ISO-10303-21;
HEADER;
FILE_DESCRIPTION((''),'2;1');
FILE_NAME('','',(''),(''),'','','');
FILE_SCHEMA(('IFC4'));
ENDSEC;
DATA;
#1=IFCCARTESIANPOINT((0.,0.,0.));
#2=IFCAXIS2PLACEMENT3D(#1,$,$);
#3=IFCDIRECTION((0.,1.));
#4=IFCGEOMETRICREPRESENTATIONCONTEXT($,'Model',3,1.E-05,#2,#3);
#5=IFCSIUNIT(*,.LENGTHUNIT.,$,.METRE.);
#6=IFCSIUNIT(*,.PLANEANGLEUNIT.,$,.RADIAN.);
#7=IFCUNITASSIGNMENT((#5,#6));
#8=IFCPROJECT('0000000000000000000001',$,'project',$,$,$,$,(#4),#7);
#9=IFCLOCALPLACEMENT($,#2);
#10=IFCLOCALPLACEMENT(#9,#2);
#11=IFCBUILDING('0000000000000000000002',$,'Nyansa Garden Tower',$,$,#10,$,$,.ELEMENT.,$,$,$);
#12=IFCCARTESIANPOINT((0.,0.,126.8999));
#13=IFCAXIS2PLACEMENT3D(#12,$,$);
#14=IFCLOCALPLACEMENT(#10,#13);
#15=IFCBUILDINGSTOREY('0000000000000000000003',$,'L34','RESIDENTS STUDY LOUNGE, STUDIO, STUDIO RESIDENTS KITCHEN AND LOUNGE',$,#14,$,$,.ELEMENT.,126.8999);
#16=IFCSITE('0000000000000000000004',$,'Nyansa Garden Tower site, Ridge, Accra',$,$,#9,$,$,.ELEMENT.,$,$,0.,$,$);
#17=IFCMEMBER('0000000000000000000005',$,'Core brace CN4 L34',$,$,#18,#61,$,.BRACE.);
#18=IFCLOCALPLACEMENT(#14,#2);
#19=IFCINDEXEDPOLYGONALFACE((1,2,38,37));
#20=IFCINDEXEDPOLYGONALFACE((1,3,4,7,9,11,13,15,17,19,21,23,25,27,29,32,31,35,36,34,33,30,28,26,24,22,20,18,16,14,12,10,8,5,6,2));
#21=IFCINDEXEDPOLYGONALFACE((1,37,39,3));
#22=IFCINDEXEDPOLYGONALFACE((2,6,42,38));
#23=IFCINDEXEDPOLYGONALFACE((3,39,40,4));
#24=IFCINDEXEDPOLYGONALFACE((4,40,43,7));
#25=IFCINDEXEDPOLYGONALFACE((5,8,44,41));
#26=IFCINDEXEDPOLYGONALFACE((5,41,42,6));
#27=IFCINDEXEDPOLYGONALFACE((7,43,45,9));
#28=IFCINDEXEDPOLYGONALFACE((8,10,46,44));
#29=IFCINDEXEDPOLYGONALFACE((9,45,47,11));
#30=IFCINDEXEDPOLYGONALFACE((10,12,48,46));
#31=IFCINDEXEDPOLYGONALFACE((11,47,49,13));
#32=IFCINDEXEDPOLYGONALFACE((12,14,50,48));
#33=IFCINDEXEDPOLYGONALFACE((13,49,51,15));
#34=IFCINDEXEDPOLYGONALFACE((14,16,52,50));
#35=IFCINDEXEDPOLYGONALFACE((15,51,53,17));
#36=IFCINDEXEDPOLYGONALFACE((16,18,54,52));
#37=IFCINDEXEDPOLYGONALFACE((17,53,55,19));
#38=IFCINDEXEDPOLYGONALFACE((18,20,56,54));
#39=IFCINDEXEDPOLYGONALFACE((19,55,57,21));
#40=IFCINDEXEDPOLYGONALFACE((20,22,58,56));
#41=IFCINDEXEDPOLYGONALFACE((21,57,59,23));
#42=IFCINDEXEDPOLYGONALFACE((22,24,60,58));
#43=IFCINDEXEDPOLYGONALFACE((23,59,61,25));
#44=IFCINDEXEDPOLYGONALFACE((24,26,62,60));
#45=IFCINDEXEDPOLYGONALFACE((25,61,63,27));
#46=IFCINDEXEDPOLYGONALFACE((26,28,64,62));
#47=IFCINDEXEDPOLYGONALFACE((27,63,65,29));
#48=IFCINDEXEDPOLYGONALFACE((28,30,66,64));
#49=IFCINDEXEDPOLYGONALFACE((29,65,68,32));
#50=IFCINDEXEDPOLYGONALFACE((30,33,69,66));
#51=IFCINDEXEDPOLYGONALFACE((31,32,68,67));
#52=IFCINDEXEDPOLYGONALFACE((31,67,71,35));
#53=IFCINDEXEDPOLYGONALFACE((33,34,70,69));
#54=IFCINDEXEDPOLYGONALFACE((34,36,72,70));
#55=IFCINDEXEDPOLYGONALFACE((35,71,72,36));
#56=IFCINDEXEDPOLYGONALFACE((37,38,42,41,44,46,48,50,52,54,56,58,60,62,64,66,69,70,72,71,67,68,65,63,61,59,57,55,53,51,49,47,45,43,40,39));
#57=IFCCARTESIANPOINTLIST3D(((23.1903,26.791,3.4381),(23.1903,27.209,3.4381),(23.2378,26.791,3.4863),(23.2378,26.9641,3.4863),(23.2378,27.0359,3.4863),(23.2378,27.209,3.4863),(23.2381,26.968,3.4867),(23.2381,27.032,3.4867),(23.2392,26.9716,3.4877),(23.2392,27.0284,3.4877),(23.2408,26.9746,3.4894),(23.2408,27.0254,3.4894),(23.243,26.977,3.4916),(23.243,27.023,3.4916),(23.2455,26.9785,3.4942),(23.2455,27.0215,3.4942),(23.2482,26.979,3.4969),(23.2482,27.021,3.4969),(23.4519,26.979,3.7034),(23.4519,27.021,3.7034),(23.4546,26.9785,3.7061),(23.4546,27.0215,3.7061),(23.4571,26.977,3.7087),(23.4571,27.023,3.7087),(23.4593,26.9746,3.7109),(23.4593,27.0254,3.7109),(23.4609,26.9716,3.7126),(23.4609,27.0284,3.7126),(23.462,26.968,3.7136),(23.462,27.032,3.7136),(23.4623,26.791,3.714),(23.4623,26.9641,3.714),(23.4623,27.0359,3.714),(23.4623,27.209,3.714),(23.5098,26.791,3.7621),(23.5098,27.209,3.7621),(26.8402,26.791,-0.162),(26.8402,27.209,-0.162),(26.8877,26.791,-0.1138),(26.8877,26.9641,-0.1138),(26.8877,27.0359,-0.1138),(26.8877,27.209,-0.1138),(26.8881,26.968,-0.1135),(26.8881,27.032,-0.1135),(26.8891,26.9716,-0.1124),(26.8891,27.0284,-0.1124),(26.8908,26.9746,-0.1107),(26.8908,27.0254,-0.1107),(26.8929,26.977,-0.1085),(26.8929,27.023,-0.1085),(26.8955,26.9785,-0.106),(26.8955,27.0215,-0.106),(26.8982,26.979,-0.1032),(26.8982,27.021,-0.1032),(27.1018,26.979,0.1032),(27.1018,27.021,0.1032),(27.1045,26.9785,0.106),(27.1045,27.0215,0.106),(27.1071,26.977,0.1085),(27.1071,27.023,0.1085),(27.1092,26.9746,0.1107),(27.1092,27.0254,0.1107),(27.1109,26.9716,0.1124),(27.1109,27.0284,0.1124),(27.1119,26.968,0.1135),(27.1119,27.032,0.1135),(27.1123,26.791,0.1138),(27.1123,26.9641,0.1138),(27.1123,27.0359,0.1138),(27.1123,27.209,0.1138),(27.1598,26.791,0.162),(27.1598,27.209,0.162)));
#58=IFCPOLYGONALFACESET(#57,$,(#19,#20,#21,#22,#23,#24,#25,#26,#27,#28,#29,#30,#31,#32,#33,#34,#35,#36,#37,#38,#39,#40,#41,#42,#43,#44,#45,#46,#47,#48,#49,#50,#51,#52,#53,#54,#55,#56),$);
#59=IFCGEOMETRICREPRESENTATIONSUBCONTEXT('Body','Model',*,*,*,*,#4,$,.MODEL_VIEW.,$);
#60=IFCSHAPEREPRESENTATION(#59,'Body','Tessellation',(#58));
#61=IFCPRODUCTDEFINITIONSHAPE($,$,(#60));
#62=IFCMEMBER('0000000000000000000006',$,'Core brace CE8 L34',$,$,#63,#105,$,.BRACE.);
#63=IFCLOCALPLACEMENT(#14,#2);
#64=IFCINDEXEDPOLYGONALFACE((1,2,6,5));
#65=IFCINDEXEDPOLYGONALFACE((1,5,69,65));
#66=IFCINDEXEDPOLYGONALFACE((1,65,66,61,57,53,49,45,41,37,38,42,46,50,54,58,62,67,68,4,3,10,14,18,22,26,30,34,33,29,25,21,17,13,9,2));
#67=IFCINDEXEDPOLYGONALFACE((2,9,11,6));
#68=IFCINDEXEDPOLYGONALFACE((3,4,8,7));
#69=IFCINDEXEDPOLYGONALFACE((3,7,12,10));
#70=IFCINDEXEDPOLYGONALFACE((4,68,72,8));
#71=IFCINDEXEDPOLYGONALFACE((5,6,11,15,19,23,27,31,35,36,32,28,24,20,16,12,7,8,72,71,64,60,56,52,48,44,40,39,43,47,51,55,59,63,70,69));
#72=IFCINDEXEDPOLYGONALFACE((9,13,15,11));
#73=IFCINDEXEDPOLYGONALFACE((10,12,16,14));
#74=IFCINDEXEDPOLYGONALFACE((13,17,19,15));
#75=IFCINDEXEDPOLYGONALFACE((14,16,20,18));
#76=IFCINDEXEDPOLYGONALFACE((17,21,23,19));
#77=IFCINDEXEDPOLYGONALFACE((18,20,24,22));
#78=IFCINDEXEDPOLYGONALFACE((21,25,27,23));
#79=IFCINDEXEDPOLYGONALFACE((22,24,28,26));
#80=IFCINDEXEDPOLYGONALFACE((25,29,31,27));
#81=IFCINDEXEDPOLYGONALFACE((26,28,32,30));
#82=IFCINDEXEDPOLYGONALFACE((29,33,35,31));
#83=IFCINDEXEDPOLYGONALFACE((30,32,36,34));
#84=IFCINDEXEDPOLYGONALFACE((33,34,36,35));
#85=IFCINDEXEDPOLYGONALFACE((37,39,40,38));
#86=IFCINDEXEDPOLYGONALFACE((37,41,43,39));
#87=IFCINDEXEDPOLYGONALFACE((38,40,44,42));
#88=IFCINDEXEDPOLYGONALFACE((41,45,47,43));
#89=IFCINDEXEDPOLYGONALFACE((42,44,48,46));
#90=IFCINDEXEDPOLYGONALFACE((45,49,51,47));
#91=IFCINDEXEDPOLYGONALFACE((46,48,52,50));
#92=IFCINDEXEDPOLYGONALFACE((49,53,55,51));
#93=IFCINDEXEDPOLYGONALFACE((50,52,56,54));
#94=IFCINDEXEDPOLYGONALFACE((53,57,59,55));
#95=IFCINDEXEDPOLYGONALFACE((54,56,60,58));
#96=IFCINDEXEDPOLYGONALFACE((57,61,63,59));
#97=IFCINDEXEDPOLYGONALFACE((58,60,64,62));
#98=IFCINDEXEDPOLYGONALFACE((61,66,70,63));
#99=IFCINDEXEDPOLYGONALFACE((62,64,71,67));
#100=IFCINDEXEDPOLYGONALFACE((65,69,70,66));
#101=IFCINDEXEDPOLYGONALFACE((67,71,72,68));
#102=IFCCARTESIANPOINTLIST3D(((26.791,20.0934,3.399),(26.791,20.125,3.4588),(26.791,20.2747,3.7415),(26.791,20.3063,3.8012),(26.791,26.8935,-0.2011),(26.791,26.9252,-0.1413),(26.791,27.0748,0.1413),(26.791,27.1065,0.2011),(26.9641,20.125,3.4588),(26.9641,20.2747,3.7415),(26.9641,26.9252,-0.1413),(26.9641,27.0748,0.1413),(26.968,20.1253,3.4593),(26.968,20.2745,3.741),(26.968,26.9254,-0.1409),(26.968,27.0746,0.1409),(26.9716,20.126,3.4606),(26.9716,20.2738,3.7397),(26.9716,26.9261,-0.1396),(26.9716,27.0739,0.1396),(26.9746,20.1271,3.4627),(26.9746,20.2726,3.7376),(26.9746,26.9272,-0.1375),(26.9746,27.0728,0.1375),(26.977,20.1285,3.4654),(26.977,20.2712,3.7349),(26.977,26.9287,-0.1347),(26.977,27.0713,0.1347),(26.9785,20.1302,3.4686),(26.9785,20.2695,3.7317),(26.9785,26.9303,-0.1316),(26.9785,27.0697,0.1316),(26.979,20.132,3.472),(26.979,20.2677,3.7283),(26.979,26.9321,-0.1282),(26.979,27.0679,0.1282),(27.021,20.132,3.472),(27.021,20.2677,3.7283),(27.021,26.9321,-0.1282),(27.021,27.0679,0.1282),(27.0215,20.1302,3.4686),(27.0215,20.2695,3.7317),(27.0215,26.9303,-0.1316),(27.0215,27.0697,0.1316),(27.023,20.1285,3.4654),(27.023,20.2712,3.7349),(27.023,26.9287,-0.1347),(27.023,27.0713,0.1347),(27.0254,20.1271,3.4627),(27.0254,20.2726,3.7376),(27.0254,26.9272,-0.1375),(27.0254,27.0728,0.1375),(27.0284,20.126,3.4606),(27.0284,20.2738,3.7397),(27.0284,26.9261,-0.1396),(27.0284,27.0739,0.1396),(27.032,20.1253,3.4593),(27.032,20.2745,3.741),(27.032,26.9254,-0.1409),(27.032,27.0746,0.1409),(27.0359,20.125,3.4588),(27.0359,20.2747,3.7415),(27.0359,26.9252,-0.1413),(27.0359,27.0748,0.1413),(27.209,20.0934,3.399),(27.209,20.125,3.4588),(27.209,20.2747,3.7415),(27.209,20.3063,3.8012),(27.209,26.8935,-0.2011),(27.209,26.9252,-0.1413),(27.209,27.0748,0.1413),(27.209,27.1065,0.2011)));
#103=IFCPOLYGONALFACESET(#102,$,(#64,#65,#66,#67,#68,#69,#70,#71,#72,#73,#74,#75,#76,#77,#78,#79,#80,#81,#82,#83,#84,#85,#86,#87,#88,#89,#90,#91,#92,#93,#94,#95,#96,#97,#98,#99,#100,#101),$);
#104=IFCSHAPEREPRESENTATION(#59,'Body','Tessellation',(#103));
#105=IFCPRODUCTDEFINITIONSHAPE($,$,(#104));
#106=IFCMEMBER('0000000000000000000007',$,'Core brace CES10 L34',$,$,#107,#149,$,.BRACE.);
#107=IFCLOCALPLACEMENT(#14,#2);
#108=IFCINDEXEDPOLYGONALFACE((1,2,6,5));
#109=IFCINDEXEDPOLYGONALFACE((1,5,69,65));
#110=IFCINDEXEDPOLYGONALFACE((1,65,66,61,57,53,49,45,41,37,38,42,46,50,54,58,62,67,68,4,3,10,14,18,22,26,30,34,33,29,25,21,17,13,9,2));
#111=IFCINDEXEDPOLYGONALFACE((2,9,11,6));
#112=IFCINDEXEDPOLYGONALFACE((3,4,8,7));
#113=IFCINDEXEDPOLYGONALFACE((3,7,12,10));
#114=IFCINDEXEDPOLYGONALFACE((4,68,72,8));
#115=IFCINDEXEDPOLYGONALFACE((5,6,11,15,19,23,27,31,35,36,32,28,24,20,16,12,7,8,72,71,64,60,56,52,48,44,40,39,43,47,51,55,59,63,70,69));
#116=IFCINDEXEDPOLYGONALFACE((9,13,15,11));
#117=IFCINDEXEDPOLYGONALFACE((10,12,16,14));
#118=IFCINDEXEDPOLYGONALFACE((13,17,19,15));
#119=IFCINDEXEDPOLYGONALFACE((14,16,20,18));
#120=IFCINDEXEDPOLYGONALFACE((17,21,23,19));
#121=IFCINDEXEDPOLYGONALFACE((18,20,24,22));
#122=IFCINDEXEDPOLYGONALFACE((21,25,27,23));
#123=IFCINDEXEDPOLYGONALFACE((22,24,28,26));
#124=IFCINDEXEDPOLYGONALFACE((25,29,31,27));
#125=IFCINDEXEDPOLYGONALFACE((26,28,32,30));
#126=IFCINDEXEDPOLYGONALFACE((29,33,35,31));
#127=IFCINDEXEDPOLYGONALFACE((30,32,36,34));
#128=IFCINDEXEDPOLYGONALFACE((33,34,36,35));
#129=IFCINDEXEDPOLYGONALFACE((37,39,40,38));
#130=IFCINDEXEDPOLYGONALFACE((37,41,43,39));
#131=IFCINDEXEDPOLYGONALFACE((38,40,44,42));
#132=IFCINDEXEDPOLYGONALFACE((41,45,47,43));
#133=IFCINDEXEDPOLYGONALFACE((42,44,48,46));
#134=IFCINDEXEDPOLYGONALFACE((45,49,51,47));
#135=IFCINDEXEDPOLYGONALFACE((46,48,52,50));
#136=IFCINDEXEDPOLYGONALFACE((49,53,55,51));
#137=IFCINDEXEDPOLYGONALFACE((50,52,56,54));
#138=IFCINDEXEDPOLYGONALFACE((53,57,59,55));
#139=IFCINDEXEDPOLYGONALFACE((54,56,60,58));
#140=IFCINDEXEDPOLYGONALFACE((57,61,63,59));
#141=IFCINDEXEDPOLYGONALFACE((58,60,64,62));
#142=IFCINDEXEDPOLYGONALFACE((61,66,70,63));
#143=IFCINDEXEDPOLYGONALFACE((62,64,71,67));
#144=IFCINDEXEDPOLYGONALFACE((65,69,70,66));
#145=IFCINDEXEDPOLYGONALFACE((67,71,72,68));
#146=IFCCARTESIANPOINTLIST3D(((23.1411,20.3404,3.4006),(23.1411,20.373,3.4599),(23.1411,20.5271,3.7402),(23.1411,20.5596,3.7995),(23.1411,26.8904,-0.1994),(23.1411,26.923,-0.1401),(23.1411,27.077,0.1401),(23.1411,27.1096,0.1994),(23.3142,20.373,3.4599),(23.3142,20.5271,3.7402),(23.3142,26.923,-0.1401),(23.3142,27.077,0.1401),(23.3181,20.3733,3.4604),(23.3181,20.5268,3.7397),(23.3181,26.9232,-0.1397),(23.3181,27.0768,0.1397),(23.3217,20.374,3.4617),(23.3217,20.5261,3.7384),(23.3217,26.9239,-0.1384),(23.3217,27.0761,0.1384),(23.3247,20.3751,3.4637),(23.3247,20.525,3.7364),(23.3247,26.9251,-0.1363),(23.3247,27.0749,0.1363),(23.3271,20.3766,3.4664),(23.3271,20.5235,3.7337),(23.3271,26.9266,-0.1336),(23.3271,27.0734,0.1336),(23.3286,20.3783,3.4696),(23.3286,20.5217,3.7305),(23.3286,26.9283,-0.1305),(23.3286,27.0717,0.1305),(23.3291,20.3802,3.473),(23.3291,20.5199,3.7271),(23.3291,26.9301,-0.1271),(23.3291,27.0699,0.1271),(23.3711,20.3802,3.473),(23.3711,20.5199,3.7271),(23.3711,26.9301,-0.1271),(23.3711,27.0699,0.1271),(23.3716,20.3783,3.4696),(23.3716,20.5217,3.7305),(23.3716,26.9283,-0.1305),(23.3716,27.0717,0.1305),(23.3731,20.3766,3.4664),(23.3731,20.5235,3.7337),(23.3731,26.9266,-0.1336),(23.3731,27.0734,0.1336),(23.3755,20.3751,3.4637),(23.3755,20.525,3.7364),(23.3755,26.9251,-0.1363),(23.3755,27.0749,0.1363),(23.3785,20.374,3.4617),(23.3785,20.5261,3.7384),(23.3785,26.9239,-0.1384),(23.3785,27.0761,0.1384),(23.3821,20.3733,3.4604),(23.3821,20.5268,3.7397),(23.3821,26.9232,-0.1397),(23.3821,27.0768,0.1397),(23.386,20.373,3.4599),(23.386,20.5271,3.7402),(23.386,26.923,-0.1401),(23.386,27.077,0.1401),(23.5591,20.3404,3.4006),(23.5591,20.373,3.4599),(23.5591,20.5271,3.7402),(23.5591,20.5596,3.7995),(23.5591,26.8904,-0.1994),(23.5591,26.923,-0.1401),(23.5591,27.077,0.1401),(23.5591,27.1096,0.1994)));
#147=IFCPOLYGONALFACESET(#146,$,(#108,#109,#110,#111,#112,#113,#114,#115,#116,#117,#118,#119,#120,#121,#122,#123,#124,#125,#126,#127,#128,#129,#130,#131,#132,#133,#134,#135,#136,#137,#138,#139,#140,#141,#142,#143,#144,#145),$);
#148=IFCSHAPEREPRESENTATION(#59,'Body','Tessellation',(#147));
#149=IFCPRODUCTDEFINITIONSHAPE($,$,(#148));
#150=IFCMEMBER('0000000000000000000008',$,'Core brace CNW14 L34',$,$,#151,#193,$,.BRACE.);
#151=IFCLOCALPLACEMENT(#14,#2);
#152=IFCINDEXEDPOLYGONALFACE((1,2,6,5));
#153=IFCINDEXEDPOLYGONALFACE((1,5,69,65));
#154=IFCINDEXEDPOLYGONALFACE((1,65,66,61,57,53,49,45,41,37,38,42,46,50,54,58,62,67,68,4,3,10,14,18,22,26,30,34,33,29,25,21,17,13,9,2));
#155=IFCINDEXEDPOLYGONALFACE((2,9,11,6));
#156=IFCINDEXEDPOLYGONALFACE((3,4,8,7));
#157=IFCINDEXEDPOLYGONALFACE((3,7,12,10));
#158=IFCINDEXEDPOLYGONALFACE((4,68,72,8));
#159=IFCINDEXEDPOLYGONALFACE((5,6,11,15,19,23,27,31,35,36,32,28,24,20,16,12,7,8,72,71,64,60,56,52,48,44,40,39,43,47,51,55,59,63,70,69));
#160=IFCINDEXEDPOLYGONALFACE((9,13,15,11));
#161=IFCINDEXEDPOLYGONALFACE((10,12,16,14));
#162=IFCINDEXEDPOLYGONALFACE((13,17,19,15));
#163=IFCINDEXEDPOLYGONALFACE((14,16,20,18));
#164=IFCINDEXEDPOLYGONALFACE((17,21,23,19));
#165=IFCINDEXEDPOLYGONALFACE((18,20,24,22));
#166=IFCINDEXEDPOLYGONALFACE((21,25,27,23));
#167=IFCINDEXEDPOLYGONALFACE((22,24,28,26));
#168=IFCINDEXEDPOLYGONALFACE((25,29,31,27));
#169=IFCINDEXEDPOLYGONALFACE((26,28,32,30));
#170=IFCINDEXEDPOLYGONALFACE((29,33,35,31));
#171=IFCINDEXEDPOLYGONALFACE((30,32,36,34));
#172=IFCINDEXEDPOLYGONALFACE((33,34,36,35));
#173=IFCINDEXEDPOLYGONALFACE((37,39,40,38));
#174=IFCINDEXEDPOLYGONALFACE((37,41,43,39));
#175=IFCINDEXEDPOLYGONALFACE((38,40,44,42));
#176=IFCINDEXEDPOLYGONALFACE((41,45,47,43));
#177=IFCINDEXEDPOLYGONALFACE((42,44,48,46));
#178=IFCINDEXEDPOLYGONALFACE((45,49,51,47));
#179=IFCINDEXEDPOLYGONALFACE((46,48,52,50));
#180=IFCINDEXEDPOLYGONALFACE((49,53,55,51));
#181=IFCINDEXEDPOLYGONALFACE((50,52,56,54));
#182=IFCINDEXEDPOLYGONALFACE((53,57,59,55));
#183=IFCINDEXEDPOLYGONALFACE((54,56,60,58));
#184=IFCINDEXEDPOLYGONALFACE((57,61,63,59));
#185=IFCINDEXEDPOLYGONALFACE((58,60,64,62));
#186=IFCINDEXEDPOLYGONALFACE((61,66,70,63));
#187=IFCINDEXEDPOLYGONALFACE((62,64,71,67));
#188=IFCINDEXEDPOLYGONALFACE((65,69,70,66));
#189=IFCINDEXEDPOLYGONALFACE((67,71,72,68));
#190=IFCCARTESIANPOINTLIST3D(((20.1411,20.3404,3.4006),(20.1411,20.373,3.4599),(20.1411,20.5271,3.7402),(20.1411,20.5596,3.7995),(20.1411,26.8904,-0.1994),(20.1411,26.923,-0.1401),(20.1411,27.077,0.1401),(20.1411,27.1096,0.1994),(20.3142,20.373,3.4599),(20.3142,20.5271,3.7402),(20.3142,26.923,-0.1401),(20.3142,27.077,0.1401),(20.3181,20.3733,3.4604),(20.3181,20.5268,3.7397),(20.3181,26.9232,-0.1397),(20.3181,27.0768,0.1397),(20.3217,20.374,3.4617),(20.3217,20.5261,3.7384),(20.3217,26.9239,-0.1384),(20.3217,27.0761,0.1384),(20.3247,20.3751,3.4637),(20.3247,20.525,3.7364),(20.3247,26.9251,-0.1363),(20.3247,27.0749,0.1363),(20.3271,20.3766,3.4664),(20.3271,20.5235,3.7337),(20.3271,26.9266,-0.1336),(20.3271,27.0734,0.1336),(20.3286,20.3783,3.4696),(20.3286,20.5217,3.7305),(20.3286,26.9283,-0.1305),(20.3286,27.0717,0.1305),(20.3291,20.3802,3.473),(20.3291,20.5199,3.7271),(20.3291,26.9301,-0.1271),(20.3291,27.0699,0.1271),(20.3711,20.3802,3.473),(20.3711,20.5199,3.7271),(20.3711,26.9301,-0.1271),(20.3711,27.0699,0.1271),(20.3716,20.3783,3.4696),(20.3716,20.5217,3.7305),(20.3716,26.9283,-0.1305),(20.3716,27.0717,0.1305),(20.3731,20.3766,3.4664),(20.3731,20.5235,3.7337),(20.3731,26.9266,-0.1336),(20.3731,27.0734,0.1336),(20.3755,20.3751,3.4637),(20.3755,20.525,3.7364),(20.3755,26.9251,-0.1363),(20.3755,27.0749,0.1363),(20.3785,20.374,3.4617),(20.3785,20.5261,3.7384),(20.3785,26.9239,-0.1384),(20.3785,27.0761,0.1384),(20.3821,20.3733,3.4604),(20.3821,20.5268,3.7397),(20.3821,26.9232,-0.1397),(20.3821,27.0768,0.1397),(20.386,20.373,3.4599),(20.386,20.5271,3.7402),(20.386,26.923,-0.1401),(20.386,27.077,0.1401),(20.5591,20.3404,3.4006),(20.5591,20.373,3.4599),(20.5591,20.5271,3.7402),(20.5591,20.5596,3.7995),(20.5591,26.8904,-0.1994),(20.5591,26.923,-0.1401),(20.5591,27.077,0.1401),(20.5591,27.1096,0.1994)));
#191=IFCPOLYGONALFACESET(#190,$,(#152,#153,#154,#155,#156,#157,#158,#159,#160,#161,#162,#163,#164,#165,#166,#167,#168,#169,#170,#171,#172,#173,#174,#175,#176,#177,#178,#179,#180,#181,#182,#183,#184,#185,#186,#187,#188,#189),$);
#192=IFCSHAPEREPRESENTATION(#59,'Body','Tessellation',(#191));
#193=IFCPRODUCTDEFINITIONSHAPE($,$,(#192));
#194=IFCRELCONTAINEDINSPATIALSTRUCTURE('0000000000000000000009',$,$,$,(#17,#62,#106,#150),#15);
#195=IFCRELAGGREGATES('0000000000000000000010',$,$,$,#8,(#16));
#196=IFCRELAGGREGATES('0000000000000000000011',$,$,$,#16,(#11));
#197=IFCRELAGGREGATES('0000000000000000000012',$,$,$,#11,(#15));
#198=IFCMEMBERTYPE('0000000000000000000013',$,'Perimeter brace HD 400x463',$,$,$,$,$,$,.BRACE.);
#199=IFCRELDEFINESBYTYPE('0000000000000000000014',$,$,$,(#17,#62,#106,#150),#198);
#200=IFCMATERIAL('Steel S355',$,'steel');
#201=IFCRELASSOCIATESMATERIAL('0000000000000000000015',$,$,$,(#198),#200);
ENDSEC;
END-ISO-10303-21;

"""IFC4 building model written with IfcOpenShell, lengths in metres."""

from ifc_helpers import new_model, si_unit, direction, frame, origin, origin_2d, place, context, subcontext, project, spatial, i_section, extrude, material, material_profile, profile_set, type_object, element, save


model = new_model("IFC4")

# Units and contexts
model_context = context("Model", 3, precision=1e-05, world=origin(), true_north=direction((0.0, 1.0)))
body_context = subcontext(model_context, "Body", "Model", "MODEL_VIEW")
ifc_project = project(units=[si_unit("LENGTHUNIT", "METRE"), si_unit("PLANEANGLEUNIT", "RADIAN")], contexts=[model_context])

# Site, building, storey
site_placement = place(None, origin())
site = spatial("IfcSite", under=ifc_project, at=site_placement, Name="Nyansa Garden Tower site, Ridge, Accra", CompositionType="ELEMENT", RefElevation=0.0)
building_placement = place(site_placement, origin())
building = spatial("IfcBuilding", under=site, at=building_placement, Name="Nyansa Garden Tower", CompositionType="ELEMENT")
storey_placement = place(building_placement, frame((0.0, 0.0, 126.8999)))
storey = spatial("IfcBuildingStorey", under=building, at=storey_placement, Name="L34", Description="RESIDENTS STUDY LOUNGE, STUDIO, STUDIO RESIDENTS KITCHEN AND LOUNGE", CompositionType="ELEMENT", Elevation=126.8999)

# Members
ifc_material_1 = material(Name="Steel S355", Category="steel")
ifc_material_profile_1 = material_profile(ifc_material_1, i_section(OverallWidth=0.418, OverallDepth=0.4551, WebThickness=0.042, FlangeThickness=0.0676, FilletRadius=0.0149, at=origin_2d()), Name="HD 400x463")
ifc_profile_set_1 = profile_set([ifc_material_profile_1], Name="Steel S355")
member_type = type_object("IfcMemberType", Name="Perimeter brace HD 400x463", PredefinedType="BRACE", material=ifc_profile_set_1)
member_1_placement = place(storey_placement, frame((27.0, 27.0, 0.0), z_axis=(-0.711948, 0.0, 0.702233), x_axis=(0.0, -1.0, 0.0)))
element("IfcMember", 1, at=member_1_placement, inside=storey, type_object=member_type, Name="Core brace CN4 L34", PredefinedType="BRACE", context=body_context, shape_type="SweptSolid", body=[
    extrude(i_section(OverallWidth=0.418, OverallDepth=0.4551, WebThickness=0.042, FlangeThickness=0.0676, FilletRadius=0.0149, at=origin_2d()), origin(), (0.0, 0.0, 1.0), 5.1267),
])
member_2_placement = place(storey_placement, frame((27.0, 27.0, 0.0), z_axis=(0.0, -0.883784, 0.467895), x_axis=(1.0, 0.0, 0.0)))
element("IfcMember", 2, at=member_2_placement, inside=storey, type_object=member_type, Name="Core brace CE8 L34", PredefinedType="BRACE", context=body_context, shape_type="SweptSolid", body=[
    extrude(i_section(OverallWidth=0.418, OverallDepth=0.4551, WebThickness=0.042, FlangeThickness=0.0676, FilletRadius=0.0149, at=origin_2d()), origin(), (0.0, 0.0, 1.0), 7.6943),
])
for number, where, z_axis, x_axis, name in (
    (3, (23.3501, 27.0, 0.0), (0.0, -0.876353, 0.481669), (1.0, 0.0, 0.0), "Core brace CES10 L34"),
    (4, (20.3501, 27.0, 0.0), (0.0, -0.876353, 0.481669), (1.0, 0.0, 0.0), "Core brace CNW14 L34"),
):
    element("IfcMember", number, at=place(storey_placement, frame(where, z_axis=z_axis, x_axis=x_axis)), inside=storey, type_object=member_type, Name=name, PredefinedType="BRACE", context=body_context, shape_type="SweptSolid", body=[
        extrude(i_section(OverallWidth=0.418, OverallDepth=0.4551, WebThickness=0.042, FlangeThickness=0.0676, FilletRadius=0.0149, at=origin_2d()), origin(), (0.0, 0.0, 1.0), 7.4741),
    ])

save(model, "model.ifc")
